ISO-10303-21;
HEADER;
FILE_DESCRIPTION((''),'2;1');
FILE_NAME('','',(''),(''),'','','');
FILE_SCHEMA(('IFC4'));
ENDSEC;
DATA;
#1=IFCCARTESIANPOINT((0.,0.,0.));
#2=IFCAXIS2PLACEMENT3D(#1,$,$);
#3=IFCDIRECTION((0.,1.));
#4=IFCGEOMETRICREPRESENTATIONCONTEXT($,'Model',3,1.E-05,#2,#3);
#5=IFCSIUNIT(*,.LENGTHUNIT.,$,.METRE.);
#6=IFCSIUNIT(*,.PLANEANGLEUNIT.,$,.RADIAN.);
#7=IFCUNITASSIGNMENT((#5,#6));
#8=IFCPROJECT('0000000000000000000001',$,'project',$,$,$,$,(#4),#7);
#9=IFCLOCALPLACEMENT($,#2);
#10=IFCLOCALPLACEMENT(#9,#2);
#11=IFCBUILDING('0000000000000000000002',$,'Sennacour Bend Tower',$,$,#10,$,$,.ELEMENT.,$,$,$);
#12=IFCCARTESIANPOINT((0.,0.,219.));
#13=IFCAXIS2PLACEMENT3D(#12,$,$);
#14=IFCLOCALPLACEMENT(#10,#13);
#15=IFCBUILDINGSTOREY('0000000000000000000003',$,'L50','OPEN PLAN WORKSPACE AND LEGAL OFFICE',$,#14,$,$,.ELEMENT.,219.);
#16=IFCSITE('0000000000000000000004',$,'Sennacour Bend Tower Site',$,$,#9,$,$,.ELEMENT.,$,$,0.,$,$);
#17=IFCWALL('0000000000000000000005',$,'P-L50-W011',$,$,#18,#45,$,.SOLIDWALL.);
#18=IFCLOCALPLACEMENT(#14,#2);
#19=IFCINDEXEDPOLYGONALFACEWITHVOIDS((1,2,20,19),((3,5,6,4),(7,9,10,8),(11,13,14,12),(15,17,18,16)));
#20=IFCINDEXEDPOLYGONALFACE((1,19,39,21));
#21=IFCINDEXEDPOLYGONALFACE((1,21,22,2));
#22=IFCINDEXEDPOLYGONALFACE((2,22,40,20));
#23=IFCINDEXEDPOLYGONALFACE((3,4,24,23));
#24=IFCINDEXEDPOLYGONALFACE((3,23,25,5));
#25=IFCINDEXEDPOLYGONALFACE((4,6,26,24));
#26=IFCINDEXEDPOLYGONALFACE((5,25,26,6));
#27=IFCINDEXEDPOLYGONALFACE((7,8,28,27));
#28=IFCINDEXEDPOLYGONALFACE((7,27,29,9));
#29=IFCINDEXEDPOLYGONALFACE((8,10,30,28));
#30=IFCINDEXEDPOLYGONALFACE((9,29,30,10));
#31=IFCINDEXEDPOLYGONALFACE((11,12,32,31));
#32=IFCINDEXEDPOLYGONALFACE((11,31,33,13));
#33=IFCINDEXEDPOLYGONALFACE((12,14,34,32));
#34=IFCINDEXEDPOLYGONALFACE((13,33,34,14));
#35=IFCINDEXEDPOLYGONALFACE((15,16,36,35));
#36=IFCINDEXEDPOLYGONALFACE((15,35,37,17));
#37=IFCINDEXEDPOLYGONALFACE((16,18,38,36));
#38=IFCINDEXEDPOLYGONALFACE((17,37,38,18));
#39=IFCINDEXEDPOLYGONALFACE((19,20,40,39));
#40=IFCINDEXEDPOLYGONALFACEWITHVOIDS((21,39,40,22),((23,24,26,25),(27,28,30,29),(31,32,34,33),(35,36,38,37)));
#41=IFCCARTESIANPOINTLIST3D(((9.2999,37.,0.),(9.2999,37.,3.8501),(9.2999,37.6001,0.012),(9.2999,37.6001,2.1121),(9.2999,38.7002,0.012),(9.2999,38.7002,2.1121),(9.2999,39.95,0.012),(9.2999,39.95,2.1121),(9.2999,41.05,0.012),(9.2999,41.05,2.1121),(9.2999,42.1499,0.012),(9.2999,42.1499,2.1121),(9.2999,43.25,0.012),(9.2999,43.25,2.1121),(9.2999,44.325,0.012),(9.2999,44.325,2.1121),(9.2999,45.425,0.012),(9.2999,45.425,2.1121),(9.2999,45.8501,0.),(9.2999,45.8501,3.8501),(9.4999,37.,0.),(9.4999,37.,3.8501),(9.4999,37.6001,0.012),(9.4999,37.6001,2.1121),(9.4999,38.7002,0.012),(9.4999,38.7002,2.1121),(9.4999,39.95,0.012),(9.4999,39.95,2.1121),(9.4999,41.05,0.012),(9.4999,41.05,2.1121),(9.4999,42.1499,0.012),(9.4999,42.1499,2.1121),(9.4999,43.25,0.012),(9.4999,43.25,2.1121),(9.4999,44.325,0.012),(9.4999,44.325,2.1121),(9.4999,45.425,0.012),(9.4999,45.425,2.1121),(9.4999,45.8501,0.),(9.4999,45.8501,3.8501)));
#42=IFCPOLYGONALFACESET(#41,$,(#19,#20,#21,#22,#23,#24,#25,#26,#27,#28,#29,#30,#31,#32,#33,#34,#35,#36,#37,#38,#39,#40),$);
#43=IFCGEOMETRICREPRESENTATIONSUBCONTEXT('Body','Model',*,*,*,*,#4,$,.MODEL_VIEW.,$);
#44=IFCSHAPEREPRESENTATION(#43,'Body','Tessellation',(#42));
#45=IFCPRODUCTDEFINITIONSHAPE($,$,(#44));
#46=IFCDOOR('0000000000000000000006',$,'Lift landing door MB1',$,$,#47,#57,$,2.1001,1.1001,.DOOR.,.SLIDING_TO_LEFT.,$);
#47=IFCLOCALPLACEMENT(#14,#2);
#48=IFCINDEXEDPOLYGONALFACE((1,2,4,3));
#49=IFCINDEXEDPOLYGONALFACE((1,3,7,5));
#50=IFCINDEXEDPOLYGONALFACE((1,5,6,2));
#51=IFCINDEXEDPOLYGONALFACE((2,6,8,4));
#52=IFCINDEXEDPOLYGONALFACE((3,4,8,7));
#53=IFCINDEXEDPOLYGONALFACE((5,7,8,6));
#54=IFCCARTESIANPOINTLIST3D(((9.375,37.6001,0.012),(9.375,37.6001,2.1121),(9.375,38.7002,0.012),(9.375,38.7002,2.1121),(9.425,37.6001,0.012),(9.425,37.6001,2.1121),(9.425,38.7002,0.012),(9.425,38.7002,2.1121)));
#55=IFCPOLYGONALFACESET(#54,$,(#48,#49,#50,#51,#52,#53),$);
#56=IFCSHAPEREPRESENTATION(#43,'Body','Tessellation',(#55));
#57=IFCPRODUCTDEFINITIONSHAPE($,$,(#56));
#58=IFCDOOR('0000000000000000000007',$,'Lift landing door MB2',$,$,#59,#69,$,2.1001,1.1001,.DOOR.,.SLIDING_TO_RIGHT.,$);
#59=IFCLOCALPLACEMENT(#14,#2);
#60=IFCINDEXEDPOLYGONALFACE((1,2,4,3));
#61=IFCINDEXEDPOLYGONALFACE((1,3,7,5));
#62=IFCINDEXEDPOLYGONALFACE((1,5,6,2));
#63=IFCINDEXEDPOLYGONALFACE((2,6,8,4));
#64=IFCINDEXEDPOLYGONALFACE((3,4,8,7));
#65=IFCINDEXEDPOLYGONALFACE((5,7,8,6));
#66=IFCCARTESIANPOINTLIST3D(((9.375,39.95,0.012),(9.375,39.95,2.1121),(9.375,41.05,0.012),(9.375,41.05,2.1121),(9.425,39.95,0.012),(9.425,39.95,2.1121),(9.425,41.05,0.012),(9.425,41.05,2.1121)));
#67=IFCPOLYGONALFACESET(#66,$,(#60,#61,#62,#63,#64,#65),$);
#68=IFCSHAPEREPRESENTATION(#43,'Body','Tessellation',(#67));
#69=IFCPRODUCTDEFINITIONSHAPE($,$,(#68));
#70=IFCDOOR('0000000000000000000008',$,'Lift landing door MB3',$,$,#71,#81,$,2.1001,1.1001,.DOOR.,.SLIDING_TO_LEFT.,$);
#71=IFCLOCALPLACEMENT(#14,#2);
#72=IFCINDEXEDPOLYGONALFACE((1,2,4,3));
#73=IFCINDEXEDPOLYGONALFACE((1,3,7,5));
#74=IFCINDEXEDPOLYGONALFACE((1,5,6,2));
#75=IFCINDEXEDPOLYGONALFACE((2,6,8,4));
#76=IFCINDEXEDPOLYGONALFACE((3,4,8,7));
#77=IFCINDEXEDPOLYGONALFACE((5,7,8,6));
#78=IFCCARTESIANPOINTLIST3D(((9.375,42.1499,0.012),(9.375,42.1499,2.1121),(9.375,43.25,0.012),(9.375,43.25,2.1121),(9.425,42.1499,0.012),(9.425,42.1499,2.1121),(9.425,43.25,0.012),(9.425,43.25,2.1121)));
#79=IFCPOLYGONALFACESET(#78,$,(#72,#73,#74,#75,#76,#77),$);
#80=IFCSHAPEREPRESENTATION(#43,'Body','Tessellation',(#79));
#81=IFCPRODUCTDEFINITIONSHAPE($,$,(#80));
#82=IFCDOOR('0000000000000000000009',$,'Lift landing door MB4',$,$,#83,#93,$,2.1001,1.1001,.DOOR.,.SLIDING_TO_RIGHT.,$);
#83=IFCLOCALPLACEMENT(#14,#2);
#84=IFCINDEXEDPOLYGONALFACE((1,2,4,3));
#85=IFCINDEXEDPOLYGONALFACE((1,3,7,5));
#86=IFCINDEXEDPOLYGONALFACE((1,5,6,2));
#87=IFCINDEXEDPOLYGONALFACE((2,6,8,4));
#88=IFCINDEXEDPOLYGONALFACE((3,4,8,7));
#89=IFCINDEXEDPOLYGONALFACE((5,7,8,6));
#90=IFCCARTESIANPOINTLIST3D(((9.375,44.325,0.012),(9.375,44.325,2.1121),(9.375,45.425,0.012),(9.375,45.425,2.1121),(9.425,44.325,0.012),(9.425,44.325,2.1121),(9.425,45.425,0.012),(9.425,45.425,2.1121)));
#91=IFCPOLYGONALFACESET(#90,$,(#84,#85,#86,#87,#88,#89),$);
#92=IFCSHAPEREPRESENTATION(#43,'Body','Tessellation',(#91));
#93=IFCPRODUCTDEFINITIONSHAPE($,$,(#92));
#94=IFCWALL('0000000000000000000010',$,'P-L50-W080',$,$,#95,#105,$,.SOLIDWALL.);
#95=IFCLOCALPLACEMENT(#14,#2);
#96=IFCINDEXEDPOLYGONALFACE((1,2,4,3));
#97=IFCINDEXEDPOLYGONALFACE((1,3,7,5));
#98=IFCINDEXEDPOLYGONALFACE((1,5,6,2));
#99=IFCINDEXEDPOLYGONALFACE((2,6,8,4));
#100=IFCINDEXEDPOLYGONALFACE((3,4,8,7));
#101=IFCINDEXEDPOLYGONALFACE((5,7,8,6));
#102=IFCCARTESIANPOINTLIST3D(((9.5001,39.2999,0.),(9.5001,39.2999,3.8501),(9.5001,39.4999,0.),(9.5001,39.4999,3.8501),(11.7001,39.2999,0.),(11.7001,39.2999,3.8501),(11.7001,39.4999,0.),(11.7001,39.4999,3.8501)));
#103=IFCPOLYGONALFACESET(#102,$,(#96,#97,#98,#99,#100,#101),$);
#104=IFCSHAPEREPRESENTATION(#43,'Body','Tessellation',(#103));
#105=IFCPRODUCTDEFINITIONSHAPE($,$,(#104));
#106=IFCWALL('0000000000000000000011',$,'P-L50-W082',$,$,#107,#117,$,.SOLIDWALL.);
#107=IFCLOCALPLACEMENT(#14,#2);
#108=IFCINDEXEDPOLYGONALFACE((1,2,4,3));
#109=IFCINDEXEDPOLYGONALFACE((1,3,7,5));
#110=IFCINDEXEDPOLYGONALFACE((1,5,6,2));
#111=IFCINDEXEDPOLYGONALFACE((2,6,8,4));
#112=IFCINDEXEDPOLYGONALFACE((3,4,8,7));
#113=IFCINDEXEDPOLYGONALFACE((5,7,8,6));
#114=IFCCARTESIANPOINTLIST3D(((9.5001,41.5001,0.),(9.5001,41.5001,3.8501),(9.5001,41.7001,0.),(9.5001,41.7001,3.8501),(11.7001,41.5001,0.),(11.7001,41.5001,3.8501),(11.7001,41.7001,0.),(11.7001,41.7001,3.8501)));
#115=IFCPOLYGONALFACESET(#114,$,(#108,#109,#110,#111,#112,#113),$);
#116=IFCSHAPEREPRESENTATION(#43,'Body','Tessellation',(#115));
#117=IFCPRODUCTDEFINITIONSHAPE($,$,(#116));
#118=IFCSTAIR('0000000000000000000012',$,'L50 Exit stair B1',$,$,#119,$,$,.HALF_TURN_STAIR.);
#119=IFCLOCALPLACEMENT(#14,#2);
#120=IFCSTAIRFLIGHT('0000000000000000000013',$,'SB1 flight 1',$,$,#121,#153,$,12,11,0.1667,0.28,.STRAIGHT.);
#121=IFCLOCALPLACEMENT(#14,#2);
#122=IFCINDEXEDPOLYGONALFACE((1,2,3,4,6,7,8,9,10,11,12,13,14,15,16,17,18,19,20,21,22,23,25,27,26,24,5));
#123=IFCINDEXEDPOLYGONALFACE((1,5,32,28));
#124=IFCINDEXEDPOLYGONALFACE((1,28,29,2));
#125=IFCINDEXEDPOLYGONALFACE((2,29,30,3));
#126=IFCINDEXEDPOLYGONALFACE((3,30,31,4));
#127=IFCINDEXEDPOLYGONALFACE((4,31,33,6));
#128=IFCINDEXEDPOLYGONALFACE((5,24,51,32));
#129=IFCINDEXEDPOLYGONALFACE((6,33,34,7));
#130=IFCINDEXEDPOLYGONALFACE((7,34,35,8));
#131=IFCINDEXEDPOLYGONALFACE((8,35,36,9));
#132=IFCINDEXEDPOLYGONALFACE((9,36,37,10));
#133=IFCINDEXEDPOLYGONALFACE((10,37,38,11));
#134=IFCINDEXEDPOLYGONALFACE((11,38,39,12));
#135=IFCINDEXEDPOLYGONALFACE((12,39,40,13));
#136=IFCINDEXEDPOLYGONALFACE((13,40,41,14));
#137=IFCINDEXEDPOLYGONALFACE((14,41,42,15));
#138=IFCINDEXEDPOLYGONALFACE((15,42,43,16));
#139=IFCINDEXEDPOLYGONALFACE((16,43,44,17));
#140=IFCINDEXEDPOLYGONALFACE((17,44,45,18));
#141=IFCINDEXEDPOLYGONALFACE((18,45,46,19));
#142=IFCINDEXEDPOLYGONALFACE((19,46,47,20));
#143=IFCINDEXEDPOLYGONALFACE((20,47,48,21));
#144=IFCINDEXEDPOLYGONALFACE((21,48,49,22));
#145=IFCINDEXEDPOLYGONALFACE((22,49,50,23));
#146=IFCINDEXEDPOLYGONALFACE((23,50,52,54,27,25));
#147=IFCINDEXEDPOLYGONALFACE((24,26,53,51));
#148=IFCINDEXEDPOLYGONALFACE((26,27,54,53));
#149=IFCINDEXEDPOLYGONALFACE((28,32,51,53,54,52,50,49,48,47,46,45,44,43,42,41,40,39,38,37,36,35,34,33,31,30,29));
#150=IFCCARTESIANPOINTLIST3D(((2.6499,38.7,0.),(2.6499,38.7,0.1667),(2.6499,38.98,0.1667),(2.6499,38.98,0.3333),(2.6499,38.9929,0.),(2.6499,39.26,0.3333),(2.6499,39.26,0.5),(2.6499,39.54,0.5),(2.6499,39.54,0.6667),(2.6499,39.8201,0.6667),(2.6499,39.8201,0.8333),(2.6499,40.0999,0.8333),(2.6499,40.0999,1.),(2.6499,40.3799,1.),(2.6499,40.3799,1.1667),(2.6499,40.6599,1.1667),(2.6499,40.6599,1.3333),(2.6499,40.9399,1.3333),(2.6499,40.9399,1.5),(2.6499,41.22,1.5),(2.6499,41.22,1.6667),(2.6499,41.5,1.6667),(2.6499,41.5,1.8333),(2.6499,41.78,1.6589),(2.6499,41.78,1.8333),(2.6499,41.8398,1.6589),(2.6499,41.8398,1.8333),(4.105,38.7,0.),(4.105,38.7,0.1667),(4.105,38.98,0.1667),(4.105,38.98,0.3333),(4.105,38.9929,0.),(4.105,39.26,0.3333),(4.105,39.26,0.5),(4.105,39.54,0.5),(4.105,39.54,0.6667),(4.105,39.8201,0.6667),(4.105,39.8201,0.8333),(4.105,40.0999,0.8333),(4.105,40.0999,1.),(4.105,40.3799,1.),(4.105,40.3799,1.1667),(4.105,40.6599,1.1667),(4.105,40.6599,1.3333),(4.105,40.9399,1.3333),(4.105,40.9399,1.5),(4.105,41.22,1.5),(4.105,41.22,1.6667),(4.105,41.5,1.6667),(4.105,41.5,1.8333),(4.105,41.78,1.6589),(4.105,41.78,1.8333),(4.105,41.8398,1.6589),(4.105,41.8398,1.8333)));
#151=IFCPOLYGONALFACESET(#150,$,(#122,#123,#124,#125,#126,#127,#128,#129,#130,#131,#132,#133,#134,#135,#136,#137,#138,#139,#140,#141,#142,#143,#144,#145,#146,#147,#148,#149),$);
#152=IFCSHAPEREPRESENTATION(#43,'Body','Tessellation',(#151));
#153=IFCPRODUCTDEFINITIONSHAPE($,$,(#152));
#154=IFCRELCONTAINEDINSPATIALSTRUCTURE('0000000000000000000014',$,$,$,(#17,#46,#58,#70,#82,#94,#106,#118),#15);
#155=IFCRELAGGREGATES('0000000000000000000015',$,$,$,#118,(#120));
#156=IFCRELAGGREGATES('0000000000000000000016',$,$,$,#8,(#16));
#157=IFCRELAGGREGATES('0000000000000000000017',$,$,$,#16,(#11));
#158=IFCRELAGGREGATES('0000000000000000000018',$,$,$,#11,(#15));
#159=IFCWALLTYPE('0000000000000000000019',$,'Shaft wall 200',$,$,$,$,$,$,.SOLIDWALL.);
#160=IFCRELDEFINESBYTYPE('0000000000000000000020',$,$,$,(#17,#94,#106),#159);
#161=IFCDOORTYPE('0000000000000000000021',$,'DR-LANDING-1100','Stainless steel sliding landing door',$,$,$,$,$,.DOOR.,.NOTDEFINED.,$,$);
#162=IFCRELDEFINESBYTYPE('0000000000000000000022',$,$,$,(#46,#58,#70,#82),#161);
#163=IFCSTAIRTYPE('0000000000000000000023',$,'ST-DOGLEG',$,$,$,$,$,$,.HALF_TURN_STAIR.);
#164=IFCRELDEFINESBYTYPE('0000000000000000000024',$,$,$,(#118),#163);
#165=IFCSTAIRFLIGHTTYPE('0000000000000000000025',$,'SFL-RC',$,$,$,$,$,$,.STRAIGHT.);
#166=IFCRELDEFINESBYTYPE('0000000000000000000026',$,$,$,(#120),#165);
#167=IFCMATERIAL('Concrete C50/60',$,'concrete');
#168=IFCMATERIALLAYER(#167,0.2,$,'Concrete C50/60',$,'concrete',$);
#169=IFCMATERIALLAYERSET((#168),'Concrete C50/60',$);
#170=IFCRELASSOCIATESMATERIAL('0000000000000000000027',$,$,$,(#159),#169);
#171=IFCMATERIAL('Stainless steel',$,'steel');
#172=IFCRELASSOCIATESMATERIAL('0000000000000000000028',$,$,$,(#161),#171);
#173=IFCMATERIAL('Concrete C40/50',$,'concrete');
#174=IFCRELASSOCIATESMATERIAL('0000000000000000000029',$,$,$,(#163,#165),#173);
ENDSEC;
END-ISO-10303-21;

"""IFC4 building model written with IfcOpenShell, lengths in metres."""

from ifc_helpers import new_model, si_unit, direction, frame, frame_2d, origin, place, context, subcontext, project, spatial, polyline, rectangle, outline, extrude, material, layer, layer_set, type_object, element, fill, aggregate, save


model = new_model("IFC4")

# Units and contexts
model_context = context("Model", 3, precision=1e-05, world=origin(), true_north=direction((0.0, 1.0)))
body_context = subcontext(model_context, "Body", "Model", "MODEL_VIEW")
ifc_project = project(units=[si_unit("LENGTHUNIT", "METRE"), si_unit("PLANEANGLEUNIT", "RADIAN")], contexts=[model_context])

# Site, building, storey
site_placement = place(None, origin())
site = spatial("IfcSite", under=ifc_project, at=site_placement, Name="Sennacour Bend Tower Site", CompositionType="ELEMENT", RefElevation=0.0)
building_placement = place(site_placement, origin())
building = spatial("IfcBuilding", under=site, at=building_placement, Name="Sennacour Bend Tower", CompositionType="ELEMENT")
storey_placement = place(building_placement, frame((0.0, 0.0, 219.0)))
storey = spatial("IfcBuildingStorey", under=building, at=storey_placement, Name="L50", Description="OPEN PLAN WORKSPACE AND LEGAL OFFICE", CompositionType="ELEMENT", Elevation=219.0)

# Wall, openings, doors
ifc_material_1 = material(Name="Concrete C50/60", Category="concrete")
ifc_layer_1 = layer(ifc_material_1, 0.2, Name="Concrete C50/60", Category="concrete")
ifc_layer_set_1 = layer_set([ifc_layer_1], Name="Concrete C50/60")
wall_type_1 = type_object("IfcWallType", Name="Shaft wall 200", PredefinedType="SOLIDWALL", material=ifc_layer_set_1)
wall_1_placement = place(storey_placement, frame((9.3999, 37.0, 0.0), z_axis=(0.0, 0.0, 1.0), x_axis=(0.0, 1.0, 0.0)))
wall_1 = element("IfcWall", 1, at=wall_1_placement, inside=storey, type_object=wall_type_1, Name="P-L50-W011", PredefinedType="SOLIDWALL", context=body_context, shape_type="SweptSolid", body=[
    extrude(rectangle(XDim=8.8501, YDim=0.2, at=frame_2d((4.425, 0.0))), origin(), (0.0, 0.0, 1.0), 3.8501),
])
opening_1_placement = place(wall_1_placement, frame((0.6001, 0.0, 0.012)))
opening_1 = element("IfcOpeningElement", 2, at=opening_1_placement, cuts=wall_1, PredefinedType="OPENING", context=body_context, shape_type="SweptSolid", body=[
    extrude(rectangle(XDim=1.1001, YDim=2.1001, at=frame_2d((0.55, 1.05))), frame((0.0, 0.1099, 0.0), z_axis=(0.0, -1.0, 0.0), x_axis=(1.0, 0.0, 0.0)), (0.0, 0.0, 1.0), 0.22),
])
opening_2_placement = place(wall_1_placement, frame((2.95, 0.0, 0.012)))
opening_2 = element("IfcOpeningElement", 3, at=opening_2_placement, cuts=wall_1, PredefinedType="OPENING", context=body_context, shape_type="SweptSolid", body=[
    extrude(rectangle(XDim=1.1001, YDim=2.1001, at=frame_2d((0.55, 1.05))), frame((0.0, 0.1099, 0.0), z_axis=(0.0, -1.0, 0.0), x_axis=(1.0, 0.0, 0.0)), (0.0, 0.0, 1.0), 0.22),
])
opening_3_placement = place(wall_1_placement, frame((5.1499, 0.0, 0.012)))
opening_3 = element("IfcOpeningElement", 4, at=opening_3_placement, cuts=wall_1, PredefinedType="OPENING", context=body_context, shape_type="SweptSolid", body=[
    extrude(rectangle(XDim=1.1001, YDim=2.1001, at=frame_2d((0.55, 1.05))), frame((0.0, 0.1099, 0.0), z_axis=(0.0, -1.0, 0.0), x_axis=(1.0, 0.0, 0.0)), (0.0, 0.0, 1.0), 0.22),
])
opening_4_placement = place(wall_1_placement, frame((7.325, 0.0, 0.012)))
opening_4 = element("IfcOpeningElement", 5, at=opening_4_placement, cuts=wall_1, PredefinedType="OPENING", context=body_context, shape_type="SweptSolid", body=[
    extrude(rectangle(XDim=1.1001, YDim=2.1001, at=frame_2d((0.55, 1.05))), frame((0.0, 0.1099, 0.0), z_axis=(0.0, -1.0, 0.0), x_axis=(1.0, 0.0, 0.0)), (0.0, 0.0, 1.0), 0.22),
])
ifc_material_2 = material(Name="Stainless steel", Category="steel")
door_type_1 = type_object("IfcDoorType", Name="DR-LANDING-1100", Description="Stainless steel sliding landing door", OperationType="NOTDEFINED", PredefinedType="DOOR", material=ifc_material_2)
door_1_placement = place(opening_1_placement, origin())
door_1 = element("IfcDoor", 6, at=door_1_placement, inside=storey, type_object=door_type_1, Name="Lift landing door MB1", OperationType="SLIDING_TO_LEFT", OverallHeight=2.1001, OverallWidth=1.1001, PredefinedType="DOOR", context=body_context, shape_type="SweptSolid", body=[
    extrude(rectangle(XDim=1.1001, YDim=2.1001, at=frame_2d((0.55, 1.05))), frame((0.0, 0.0249, 0.0), z_axis=(0.0, -1.0, 0.0), x_axis=(1.0, 0.0, 0.0)), (0.0, 0.0, 1.0), 0.05),
])
fill(opening_1, door_1)
door_2_placement = place(opening_2_placement, origin())
door_2 = element("IfcDoor", 7, at=door_2_placement, inside=storey, type_object=door_type_1, Name="Lift landing door MB2", OperationType="SLIDING_TO_RIGHT", OverallHeight=2.1001, OverallWidth=1.1001, PredefinedType="DOOR", context=body_context, shape_type="SweptSolid", body=[
    extrude(rectangle(XDim=1.1001, YDim=2.1001, at=frame_2d((0.55, 1.05))), frame((0.0, 0.0249, 0.0), z_axis=(0.0, -1.0, 0.0), x_axis=(1.0, 0.0, 0.0)), (0.0, 0.0, 1.0), 0.05),
])
fill(opening_2, door_2)
door_3_placement = place(opening_3_placement, origin())
door_3 = element("IfcDoor", 8, at=door_3_placement, inside=storey, type_object=door_type_1, Name="Lift landing door MB3", OperationType="SLIDING_TO_LEFT", OverallHeight=2.1001, OverallWidth=1.1001, PredefinedType="DOOR", context=body_context, shape_type="SweptSolid", body=[
    extrude(rectangle(XDim=1.1001, YDim=2.1001, at=frame_2d((0.55, 1.05))), frame((0.0, 0.0249, 0.0), z_axis=(0.0, -1.0, 0.0), x_axis=(1.0, 0.0, 0.0)), (0.0, 0.0, 1.0), 0.05),
])
fill(opening_3, door_3)
door_4_placement = place(opening_4_placement, origin())
door_4 = element("IfcDoor", 9, at=door_4_placement, inside=storey, type_object=door_type_1, Name="Lift landing door MB4", OperationType="SLIDING_TO_RIGHT", OverallHeight=2.1001, OverallWidth=1.1001, PredefinedType="DOOR", context=body_context, shape_type="SweptSolid", body=[
    extrude(rectangle(XDim=1.1001, YDim=2.1001, at=frame_2d((0.55, 1.05))), frame((0.0, 0.0249, 0.0), z_axis=(0.0, -1.0, 0.0), x_axis=(1.0, 0.0, 0.0)), (0.0, 0.0, 1.0), 0.05),
])
fill(opening_4, door_4)

# Walls
for number, where, z_axis, x_axis, name in (
    (10, (9.5, 39.3999, 0.0), (0.0, 0.0, 1.0), (1.0, 0.0, 0.0), "P-L50-W080"),
    (11, (9.5, 41.6001, 0.0), (0.0, 0.0, 1.0), (1.0, 0.0, 0.0), "P-L50-W082"),
):
    element("IfcWall", number, at=place(storey_placement, frame(where, z_axis=z_axis, x_axis=x_axis)), inside=storey, type_object=wall_type_1, Name=name, PredefinedType="SOLIDWALL", context=body_context, shape_type="SweptSolid", body=[
        extrude(rectangle(XDim=2.2, YDim=0.2, at=frame_2d((1.1001, 0.0))), origin(), (0.0, 0.0, 1.0), 3.8501),
    ])

# Stair, stair flight
ifc_material_3 = material(Name="Concrete C40/50", Category="concrete")
stair_type = type_object("IfcStairType", Name="ST-DOGLEG", PredefinedType="HALF_TURN_STAIR", material=ifc_material_3)
stair_placement = place(storey_placement, origin())
stair = element("IfcStair", 12, at=stair_placement, inside=storey, type_object=stair_type, Name="L50 Exit stair B1", PredefinedType="HALF_TURN_STAIR")
stair_flight_type = type_object("IfcStairFlightType", Name="SFL-RC", PredefinedType="STRAIGHT", material=ifc_material_3)
stair_flight_placement = place(storey_placement, frame((3.3774, 38.7, 0.0), z_axis=(0.0, 0.0, 1.0), x_axis=(0.0, 1.0, 0.0)))
stair_flight = element("IfcStairFlight", 13, at=stair_flight_placement, type_object=stair_flight_type, Name="SB1 flight 1", NumberOfRisers=12, NumberOfTreads=11, PredefinedType="STRAIGHT", RiserHeight=0.1667, TreadLength=0.28, context=body_context, shape_type="SweptSolid", body=[
    extrude(outline(polyline([(0.0, 0.0), (0.0, 0.1667), (0.28, 0.1667), (0.28, 0.3333), (0.5601, 0.3333), (0.5601, 0.5), (0.8401, 0.5), (0.8401, 0.6667), (1.1201, 0.6667), (1.1201, 0.8333), (1.3999, 0.8333), (1.3999, 1.0), (1.6799, 1.0), (1.6799, 1.1667), (1.96, 1.1667), (1.96, 1.3333), (2.24, 1.3333), (2.24, 1.5), (2.52, 1.5), (2.52, 1.6667), (2.8, 1.6667), (2.8, 1.8333), (3.0801, 1.8333), (3.1399, 1.8333), (3.1399, 1.6589), (3.0801, 1.6589), (0.293, 0.0), (0.0, 0.0)])), frame((0.0, 0.7275, 0.0), z_axis=(0.0, -1.0, 0.0), x_axis=(1.0, 0.0, 0.0)), (0.0, 0.0, 1.0), 1.4551),
])
aggregate(stair, [stair_flight])

save(model, "model.ifc")
